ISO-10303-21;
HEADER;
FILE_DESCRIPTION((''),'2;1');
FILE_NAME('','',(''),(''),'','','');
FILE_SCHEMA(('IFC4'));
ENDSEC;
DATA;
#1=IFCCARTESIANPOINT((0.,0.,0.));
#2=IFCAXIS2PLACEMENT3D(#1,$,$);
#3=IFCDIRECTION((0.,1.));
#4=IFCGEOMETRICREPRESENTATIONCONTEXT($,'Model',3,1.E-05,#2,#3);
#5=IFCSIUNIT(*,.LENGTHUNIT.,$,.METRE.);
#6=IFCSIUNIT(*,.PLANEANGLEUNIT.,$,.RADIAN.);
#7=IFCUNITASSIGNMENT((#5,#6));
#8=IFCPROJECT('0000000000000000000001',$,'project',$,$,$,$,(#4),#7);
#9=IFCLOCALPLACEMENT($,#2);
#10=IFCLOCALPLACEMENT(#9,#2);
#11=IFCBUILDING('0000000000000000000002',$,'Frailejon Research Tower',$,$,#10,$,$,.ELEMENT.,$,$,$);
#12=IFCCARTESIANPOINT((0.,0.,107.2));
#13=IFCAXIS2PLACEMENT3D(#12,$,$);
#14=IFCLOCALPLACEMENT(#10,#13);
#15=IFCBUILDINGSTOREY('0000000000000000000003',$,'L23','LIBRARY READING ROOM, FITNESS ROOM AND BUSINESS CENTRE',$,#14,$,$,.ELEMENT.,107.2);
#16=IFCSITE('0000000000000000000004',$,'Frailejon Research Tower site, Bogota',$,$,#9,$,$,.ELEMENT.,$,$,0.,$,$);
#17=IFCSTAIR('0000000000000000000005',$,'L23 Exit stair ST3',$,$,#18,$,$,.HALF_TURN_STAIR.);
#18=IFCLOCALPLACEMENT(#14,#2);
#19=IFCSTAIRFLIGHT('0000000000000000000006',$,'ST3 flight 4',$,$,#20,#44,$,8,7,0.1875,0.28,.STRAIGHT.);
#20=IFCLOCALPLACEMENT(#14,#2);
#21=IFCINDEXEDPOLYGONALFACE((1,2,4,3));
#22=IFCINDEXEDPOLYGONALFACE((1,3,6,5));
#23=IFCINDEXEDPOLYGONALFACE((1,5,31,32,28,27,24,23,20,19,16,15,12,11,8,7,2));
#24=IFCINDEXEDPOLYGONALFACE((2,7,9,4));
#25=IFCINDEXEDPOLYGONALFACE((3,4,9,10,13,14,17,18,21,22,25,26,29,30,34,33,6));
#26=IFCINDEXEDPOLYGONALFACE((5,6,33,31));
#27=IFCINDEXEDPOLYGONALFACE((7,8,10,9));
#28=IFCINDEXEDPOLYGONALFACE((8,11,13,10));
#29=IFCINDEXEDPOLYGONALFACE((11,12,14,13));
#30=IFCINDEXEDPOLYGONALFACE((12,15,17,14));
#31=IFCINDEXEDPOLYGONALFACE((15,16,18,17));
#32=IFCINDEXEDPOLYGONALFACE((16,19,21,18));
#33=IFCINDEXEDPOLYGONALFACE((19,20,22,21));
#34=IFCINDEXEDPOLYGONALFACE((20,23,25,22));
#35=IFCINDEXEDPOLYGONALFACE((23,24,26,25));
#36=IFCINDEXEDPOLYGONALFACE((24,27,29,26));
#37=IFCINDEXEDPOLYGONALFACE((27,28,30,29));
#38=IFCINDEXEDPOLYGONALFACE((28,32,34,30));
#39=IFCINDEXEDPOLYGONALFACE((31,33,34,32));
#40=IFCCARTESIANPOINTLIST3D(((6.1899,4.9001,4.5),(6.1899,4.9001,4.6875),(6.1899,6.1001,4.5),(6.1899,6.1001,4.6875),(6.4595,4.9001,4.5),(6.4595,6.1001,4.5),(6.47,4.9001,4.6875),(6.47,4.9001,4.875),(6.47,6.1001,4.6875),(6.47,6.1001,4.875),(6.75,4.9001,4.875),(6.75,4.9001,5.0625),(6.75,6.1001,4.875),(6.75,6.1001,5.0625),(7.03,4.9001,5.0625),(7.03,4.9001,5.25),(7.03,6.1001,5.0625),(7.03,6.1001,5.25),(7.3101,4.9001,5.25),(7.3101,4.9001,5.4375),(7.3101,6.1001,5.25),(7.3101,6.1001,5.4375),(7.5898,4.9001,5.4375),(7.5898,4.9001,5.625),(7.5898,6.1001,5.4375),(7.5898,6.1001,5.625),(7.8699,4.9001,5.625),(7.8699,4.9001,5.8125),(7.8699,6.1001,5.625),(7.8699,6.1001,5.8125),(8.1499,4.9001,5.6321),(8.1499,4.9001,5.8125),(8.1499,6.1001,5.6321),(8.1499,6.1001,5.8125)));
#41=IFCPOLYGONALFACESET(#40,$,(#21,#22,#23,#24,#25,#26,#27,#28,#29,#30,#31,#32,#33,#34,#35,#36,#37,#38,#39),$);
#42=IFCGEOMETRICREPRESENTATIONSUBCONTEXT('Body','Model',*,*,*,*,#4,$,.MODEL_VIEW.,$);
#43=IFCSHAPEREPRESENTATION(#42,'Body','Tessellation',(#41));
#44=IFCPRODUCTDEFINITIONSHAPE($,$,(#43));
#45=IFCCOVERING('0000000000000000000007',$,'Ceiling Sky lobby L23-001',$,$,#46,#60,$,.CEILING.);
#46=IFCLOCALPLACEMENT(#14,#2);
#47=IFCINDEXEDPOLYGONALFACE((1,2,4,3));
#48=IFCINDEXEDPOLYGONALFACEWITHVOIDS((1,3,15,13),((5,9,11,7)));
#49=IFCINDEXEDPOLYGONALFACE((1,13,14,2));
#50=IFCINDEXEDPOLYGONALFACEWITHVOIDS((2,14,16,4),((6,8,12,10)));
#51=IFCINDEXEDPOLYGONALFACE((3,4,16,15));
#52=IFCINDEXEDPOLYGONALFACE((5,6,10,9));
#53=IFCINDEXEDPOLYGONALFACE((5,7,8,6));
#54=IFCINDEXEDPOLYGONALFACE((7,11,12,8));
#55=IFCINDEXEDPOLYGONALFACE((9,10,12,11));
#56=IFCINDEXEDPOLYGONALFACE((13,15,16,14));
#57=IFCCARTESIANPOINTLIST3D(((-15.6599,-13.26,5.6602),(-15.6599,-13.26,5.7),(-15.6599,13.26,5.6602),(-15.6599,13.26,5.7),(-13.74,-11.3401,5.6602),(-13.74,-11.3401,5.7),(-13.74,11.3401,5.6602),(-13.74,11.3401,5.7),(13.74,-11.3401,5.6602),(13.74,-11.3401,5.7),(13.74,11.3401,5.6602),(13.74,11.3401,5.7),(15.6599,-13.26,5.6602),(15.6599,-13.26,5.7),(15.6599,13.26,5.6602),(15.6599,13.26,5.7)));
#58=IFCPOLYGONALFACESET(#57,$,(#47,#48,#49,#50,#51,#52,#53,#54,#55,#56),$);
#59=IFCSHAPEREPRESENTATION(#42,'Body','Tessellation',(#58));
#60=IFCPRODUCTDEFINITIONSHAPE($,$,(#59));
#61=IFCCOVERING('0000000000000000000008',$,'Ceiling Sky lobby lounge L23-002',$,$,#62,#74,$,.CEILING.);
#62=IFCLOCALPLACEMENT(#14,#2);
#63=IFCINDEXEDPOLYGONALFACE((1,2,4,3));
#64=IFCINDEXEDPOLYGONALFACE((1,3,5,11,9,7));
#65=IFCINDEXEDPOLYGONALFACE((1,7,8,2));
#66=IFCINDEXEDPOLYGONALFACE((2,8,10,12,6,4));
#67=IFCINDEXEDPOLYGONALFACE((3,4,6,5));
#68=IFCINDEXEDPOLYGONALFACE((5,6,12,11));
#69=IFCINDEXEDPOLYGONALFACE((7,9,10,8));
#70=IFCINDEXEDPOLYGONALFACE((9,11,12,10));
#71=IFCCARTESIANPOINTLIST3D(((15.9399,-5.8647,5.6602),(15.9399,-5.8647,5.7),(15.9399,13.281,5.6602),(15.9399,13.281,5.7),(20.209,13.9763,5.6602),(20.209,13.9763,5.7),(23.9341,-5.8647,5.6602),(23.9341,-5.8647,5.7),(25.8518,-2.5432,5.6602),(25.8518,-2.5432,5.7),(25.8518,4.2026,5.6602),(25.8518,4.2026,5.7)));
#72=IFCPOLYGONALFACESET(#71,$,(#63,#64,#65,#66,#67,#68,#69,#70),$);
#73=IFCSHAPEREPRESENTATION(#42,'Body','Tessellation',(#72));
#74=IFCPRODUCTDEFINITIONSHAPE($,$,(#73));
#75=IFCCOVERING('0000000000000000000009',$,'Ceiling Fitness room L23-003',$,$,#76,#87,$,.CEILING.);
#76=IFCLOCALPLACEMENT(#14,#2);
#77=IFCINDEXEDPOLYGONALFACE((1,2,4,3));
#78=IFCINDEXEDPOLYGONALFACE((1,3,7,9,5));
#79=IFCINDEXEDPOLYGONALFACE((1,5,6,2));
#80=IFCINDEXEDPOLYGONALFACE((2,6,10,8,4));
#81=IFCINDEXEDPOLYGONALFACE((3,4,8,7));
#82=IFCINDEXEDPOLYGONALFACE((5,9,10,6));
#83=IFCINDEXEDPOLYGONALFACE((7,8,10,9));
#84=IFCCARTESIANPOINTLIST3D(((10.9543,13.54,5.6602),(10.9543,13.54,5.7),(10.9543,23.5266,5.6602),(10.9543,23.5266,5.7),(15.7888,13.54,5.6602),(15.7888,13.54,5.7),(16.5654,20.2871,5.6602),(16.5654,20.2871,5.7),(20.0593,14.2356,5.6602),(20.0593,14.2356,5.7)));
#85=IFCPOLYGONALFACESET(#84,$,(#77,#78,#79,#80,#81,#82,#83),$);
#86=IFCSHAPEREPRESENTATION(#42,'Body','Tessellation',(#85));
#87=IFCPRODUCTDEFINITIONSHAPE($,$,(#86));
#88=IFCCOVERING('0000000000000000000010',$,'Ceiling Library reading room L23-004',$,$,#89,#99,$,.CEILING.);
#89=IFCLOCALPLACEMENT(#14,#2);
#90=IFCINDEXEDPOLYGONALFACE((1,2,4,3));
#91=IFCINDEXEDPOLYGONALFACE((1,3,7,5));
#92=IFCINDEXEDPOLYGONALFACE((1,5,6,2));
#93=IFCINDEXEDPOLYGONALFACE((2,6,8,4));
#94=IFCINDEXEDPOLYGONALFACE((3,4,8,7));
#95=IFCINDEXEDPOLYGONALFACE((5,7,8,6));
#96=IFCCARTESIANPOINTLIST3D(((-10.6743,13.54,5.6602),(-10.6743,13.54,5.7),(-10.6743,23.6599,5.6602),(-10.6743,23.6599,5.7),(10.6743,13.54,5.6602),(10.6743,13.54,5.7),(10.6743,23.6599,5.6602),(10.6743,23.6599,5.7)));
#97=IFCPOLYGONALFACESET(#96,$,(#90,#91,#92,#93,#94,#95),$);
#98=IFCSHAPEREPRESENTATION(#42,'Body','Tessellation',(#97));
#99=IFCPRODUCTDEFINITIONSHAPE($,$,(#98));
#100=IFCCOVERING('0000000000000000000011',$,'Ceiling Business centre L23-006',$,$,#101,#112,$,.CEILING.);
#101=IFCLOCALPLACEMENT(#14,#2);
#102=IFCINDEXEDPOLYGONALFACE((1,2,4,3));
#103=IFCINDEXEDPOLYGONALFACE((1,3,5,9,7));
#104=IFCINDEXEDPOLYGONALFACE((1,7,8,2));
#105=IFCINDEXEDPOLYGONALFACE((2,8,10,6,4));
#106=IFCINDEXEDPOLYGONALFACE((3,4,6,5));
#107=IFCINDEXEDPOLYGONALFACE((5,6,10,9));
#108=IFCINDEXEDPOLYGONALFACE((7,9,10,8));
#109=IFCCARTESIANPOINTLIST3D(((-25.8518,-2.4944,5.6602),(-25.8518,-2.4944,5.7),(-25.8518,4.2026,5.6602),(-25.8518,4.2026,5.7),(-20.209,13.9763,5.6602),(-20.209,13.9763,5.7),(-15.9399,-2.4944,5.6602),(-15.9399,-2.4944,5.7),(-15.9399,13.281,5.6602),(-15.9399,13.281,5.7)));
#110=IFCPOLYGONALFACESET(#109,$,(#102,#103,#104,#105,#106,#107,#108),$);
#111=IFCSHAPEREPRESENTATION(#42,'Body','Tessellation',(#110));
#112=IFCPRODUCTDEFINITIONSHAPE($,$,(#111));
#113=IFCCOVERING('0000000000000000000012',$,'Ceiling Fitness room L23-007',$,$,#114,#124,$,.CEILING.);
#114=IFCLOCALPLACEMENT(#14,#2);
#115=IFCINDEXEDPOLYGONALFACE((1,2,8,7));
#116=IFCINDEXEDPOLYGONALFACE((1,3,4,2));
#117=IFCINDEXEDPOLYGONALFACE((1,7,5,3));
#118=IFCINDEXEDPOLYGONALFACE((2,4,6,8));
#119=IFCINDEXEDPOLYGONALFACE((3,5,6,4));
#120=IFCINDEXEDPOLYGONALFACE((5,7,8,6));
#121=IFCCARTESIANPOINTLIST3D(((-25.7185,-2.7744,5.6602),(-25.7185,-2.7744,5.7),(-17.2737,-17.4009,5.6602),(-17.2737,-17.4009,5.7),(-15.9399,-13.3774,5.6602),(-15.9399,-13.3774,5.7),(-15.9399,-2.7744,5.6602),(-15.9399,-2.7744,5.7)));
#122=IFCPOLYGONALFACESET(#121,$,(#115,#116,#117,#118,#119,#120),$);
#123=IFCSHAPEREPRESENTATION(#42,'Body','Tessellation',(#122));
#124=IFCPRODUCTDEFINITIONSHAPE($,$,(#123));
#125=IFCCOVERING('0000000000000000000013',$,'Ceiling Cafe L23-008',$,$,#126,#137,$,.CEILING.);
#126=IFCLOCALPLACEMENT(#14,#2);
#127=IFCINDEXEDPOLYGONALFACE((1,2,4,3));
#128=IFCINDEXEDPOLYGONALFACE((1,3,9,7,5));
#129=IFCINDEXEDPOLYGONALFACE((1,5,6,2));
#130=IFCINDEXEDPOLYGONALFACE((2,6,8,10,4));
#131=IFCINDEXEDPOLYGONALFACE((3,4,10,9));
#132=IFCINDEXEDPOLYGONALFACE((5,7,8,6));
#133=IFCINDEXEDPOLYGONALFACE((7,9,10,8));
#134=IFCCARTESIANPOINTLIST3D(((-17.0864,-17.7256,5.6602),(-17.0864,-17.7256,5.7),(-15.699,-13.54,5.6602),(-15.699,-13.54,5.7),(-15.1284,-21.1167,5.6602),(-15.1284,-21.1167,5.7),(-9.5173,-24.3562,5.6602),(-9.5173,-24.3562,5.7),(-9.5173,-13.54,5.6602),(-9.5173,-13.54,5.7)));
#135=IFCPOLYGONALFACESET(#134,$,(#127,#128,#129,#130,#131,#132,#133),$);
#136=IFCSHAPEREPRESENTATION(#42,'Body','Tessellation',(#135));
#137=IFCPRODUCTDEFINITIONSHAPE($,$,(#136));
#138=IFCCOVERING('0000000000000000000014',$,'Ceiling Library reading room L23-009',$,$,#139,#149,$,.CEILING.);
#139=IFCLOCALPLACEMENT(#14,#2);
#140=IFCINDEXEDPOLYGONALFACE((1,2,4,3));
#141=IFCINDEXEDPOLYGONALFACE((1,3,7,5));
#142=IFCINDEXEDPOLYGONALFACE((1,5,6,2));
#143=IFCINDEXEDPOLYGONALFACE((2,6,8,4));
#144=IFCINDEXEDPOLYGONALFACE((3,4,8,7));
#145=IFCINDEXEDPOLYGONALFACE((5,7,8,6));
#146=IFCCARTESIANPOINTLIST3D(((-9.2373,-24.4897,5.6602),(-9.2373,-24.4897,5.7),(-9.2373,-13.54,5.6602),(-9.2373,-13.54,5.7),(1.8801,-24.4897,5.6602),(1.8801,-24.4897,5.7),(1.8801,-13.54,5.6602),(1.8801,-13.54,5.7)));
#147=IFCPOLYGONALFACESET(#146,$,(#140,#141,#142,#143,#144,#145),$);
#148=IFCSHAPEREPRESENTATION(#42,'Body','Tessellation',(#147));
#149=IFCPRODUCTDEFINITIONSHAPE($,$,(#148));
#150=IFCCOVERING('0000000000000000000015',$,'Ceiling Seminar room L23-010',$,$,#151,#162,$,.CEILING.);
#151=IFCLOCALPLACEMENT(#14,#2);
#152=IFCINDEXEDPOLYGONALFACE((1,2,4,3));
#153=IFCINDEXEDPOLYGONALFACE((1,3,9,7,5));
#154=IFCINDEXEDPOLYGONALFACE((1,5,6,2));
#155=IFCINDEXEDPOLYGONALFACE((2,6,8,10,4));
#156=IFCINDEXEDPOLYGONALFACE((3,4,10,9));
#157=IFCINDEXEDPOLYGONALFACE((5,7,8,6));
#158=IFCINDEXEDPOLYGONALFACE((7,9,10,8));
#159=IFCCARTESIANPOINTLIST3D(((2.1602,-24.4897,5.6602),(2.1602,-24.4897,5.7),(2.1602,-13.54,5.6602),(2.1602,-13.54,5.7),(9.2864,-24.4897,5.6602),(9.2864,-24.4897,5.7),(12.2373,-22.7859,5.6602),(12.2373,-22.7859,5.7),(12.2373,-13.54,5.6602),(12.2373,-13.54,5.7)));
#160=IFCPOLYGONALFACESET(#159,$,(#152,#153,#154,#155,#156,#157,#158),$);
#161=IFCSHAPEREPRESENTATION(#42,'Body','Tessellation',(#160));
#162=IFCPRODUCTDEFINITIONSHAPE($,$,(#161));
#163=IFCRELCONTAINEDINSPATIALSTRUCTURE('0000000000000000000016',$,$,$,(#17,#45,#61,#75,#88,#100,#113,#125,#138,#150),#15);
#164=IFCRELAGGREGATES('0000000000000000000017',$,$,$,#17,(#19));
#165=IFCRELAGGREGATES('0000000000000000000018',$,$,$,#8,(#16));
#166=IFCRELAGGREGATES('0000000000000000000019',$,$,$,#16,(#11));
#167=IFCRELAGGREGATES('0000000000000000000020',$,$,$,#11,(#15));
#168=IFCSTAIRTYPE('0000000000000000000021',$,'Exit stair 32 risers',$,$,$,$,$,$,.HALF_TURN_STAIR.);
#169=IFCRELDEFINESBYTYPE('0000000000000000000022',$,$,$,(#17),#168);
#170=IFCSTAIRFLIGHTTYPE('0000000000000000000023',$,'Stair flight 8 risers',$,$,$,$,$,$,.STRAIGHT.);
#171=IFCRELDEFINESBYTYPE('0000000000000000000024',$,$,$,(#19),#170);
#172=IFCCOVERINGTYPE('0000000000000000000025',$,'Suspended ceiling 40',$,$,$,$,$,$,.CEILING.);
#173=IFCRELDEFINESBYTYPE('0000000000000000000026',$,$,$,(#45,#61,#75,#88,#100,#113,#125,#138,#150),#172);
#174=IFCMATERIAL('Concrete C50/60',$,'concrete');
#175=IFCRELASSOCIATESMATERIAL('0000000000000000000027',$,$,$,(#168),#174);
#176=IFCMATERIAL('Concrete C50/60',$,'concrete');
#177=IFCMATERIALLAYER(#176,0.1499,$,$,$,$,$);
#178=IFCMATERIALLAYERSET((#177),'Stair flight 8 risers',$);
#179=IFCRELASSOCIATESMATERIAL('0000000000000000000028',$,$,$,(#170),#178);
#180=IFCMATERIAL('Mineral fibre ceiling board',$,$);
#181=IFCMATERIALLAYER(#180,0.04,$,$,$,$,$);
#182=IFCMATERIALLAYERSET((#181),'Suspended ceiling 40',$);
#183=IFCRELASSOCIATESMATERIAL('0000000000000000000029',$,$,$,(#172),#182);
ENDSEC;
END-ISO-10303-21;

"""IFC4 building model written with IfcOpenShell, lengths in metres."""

from ifc_helpers import new_model, si_unit, direction, frame, origin, place, context, subcontext, project, spatial, polyline, outline, extrude, material, layer, layer_set, type_object, element, aggregate, save


model = new_model("IFC4")

# Units and contexts
model_context = context("Model", 3, precision=1e-05, world=origin(), true_north=direction((0.0, 1.0)))
body_context = subcontext(model_context, "Body", "Model", "MODEL_VIEW")
ifc_project = project(units=[si_unit("LENGTHUNIT", "METRE"), si_unit("PLANEANGLEUNIT", "RADIAN")], contexts=[model_context])

# Site, building, storey
site_placement = place(None, origin())
site = spatial("IfcSite", under=ifc_project, at=site_placement, Name="Frailejon Research Tower site, Bogota", CompositionType="ELEMENT", RefElevation=0.0)
building_placement = place(site_placement, origin())
building = spatial("IfcBuilding", under=site, at=building_placement, Name="Frailejon Research Tower", CompositionType="ELEMENT")
storey_placement = place(building_placement, frame((0.0, 0.0, 107.2)))
storey = spatial("IfcBuildingStorey", under=building, at=storey_placement, Name="L23", Description="LIBRARY READING ROOM, FITNESS ROOM AND BUSINESS CENTRE", CompositionType="ELEMENT", Elevation=107.2)

# Stair
ifc_material_1 = material(Name="Concrete C50/60", Category="concrete")
stair_type = type_object("IfcStairType", Name="Exit stair 32 risers", PredefinedType="HALF_TURN_STAIR", material=ifc_material_1)
stair_placement = place(storey_placement, origin())
stair = element("IfcStair", 1, at=stair_placement, inside=storey, type_object=stair_type, Name="L23 Exit stair ST3", PredefinedType="HALF_TURN_STAIR")

# Stair flight
ifc_material_2 = material(Name="Concrete C50/60", Category="concrete")
ifc_layer_1 = layer(ifc_material_2, 0.1499)
ifc_layer_set_1 = layer_set([ifc_layer_1], Name="Stair flight 8 risers")
stair_flight_type = type_object("IfcStairFlightType", Name="Stair flight 8 risers", PredefinedType="STRAIGHT", material=ifc_layer_set_1)
stair_flight_1_placement = place(storey_placement, frame((6.1899, 5.5, 4.5), z_axis=(0.0, 0.0, 1.0), x_axis=(1.0, 0.0, 0.0)))
stair_flight_1 = element("IfcStairFlight", 2, at=stair_flight_1_placement, type_object=stair_flight_type, Name="ST3 flight 4", NumberOfRisers=8, NumberOfTreads=7, PredefinedType="STRAIGHT", RiserHeight=0.1875, TreadLength=0.28, context=body_context, shape_type="SweptSolid", body=[
    extrude(outline(polyline([(0.0, 0.0), (0.0, 0.1875), (0.28, 0.1875), (0.28, 0.375), (0.5601, 0.375), (0.5601, 0.5625), (0.8401, 0.5625), (0.8401, 0.75), (1.1201, 0.75), (1.1201, 0.9375), (1.3999, 0.9375), (1.3999, 1.125), (1.6799, 1.125), (1.6799, 1.3125), (1.96, 1.3125), (1.96, 1.5), (1.96, 1.1321), (0.2695, 0.0), (0.0, 0.0)])), frame((0.0, 0.6001, 0.0), z_axis=(0.0, -1.0, 0.0), x_axis=(1.0, 0.0, 0.0)), (0.0, 0.0, 1.0), 1.2),
])
aggregate(stair, [stair_flight_1])

# Coverings
ifc_material_3 = material(Name="Mineral fibre ceiling board")
ifc_layer_2 = layer(ifc_material_3, 0.04)
ifc_layer_set_2 = layer_set([ifc_layer_2], Name="Suspended ceiling 40")
covering_type = type_object("IfcCoveringType", Name="Suspended ceiling 40", PredefinedType="CEILING", material=ifc_layer_set_2)
covering_1_placement = place(storey_placement, frame((0.0, 0.0, 5.6602)))
element("IfcCovering", 3, at=covering_1_placement, inside=storey, type_object=covering_type, Name="Ceiling Sky lobby L23-001", PredefinedType="CEILING", context=body_context, shape_type="SweptSolid", body=[
    extrude(outline(polyline([(15.6599, 13.26), (-15.6599, 13.26), (-15.6599, -13.26), (15.6599, -13.26), (15.6599, 13.26)]), holes=[polyline([(-13.74, -11.3401), (-13.74, 11.3401), (13.74, 11.3401), (13.74, -11.3401), (-13.74, -11.3401)])]), origin(), (0.0, 0.0, 1.0), 0.0398),
])
covering_2_placement = place(storey_placement, frame((0.0, 0.0, 5.6602)))
element("IfcCovering", 4, at=covering_2_placement, inside=storey, type_object=covering_type, Name="Ceiling Sky lobby lounge L23-002", PredefinedType="CEILING", context=body_context, shape_type="SweptSolid", body=[
    extrude(outline(polyline([(25.8518, 4.2026), (20.209, 13.9763), (15.9399, 13.281), (15.9399, -5.8647), (23.9341, -5.8647), (25.8518, -2.5432), (25.8518, 4.2026)])), origin(), (0.0, 0.0, 1.0), 0.0398),
])
covering_3_placement = place(storey_placement, frame((0.0, 0.0, 5.6602)))
element("IfcCovering", 5, at=covering_3_placement, inside=storey, type_object=covering_type, Name="Ceiling Fitness room L23-003", PredefinedType="CEILING", context=body_context, shape_type="SweptSolid", body=[
    extrude(outline(polyline([(10.9543, 13.54), (15.7888, 13.54), (20.0593, 14.2356), (16.5654, 20.2871), (10.9543, 23.5266), (10.9543, 13.54)])), origin(), (0.0, 0.0, 1.0), 0.0398),
])
covering_4_placement = place(storey_placement, frame((0.0, 0.0, 5.6602)))
element("IfcCovering", 6, at=covering_4_placement, inside=storey, type_object=covering_type, Name="Ceiling Library reading room L23-004", PredefinedType="CEILING", context=body_context, shape_type="SweptSolid", body=[
    extrude(outline(polyline([(-10.6743, 13.54), (10.6743, 13.54), (10.6743, 23.6599), (-10.6743, 23.6599), (-10.6743, 13.54)])), origin(), (0.0, 0.0, 1.0), 0.0398),
])
covering_5_placement = place(storey_placement, frame((0.0, 0.0, 5.6602)))
element("IfcCovering", 7, at=covering_5_placement, inside=storey, type_object=covering_type, Name="Ceiling Business centre L23-006", PredefinedType="CEILING", context=body_context, shape_type="SweptSolid", body=[
    extrude(outline(polyline([(-15.9399, -2.4944), (-15.9399, 13.281), (-20.209, 13.9763), (-25.8518, 4.2026), (-25.8518, -2.4944), (-15.9399, -2.4944)])), origin(), (0.0, 0.0, 1.0), 0.0398),
])
covering_6_placement = place(storey_placement, frame((0.0, 0.0, 5.6602)))
element("IfcCovering", 8, at=covering_6_placement, inside=storey, type_object=covering_type, Name="Ceiling Fitness room L23-007", PredefinedType="CEILING", context=body_context, shape_type="SweptSolid", body=[
    extrude(outline(polyline([(-15.9399, -13.3774), (-15.9399, -2.7744), (-25.7185, -2.7744), (-17.2737, -17.4009), (-15.9399, -13.3774)])), origin(), (0.0, 0.0, 1.0), 0.0398),
])
covering_7_placement = place(storey_placement, frame((0.0, 0.0, 5.6602)))
element("IfcCovering", 9, at=covering_7_placement, inside=storey, type_object=covering_type, Name="Ceiling Cafe L23-008", PredefinedType="CEILING", context=body_context, shape_type="SweptSolid", body=[
    extrude(outline(polyline([(-9.5173, -13.54), (-15.699, -13.54), (-17.0864, -17.7256), (-15.1284, -21.1167), (-9.5173, -24.3562), (-9.5173, -13.54)])), origin(), (0.0, 0.0, 1.0), 0.0398),
])
covering_8_placement = place(storey_placement, frame((0.0, 0.0, 5.6602)))
element("IfcCovering", 10, at=covering_8_placement, inside=storey, type_object=covering_type, Name="Ceiling Library reading room L23-009", PredefinedType="CEILING", context=body_context, shape_type="SweptSolid", body=[
    extrude(outline(polyline([(1.8801, -24.4897), (1.8801, -13.54), (-9.2373, -13.54), (-9.2373, -24.4897), (1.8801, -24.4897)])), origin(), (0.0, 0.0, 1.0), 0.0398),
])
covering_9_placement = place(storey_placement, frame((0.0, 0.0, 5.6602)))
element("IfcCovering", 11, at=covering_9_placement, inside=storey, type_object=covering_type, Name="Ceiling Seminar room L23-010", PredefinedType="CEILING", context=body_context, shape_type="SweptSolid", body=[
    extrude(outline(polyline([(12.2373, -13.54), (2.1602, -13.54), (2.1602, -24.4897), (9.2864, -24.4897), (12.2373, -22.7859), (12.2373, -13.54)])), origin(), (0.0, 0.0, 1.0), 0.0398),
])

save(model, "model.ifc")
